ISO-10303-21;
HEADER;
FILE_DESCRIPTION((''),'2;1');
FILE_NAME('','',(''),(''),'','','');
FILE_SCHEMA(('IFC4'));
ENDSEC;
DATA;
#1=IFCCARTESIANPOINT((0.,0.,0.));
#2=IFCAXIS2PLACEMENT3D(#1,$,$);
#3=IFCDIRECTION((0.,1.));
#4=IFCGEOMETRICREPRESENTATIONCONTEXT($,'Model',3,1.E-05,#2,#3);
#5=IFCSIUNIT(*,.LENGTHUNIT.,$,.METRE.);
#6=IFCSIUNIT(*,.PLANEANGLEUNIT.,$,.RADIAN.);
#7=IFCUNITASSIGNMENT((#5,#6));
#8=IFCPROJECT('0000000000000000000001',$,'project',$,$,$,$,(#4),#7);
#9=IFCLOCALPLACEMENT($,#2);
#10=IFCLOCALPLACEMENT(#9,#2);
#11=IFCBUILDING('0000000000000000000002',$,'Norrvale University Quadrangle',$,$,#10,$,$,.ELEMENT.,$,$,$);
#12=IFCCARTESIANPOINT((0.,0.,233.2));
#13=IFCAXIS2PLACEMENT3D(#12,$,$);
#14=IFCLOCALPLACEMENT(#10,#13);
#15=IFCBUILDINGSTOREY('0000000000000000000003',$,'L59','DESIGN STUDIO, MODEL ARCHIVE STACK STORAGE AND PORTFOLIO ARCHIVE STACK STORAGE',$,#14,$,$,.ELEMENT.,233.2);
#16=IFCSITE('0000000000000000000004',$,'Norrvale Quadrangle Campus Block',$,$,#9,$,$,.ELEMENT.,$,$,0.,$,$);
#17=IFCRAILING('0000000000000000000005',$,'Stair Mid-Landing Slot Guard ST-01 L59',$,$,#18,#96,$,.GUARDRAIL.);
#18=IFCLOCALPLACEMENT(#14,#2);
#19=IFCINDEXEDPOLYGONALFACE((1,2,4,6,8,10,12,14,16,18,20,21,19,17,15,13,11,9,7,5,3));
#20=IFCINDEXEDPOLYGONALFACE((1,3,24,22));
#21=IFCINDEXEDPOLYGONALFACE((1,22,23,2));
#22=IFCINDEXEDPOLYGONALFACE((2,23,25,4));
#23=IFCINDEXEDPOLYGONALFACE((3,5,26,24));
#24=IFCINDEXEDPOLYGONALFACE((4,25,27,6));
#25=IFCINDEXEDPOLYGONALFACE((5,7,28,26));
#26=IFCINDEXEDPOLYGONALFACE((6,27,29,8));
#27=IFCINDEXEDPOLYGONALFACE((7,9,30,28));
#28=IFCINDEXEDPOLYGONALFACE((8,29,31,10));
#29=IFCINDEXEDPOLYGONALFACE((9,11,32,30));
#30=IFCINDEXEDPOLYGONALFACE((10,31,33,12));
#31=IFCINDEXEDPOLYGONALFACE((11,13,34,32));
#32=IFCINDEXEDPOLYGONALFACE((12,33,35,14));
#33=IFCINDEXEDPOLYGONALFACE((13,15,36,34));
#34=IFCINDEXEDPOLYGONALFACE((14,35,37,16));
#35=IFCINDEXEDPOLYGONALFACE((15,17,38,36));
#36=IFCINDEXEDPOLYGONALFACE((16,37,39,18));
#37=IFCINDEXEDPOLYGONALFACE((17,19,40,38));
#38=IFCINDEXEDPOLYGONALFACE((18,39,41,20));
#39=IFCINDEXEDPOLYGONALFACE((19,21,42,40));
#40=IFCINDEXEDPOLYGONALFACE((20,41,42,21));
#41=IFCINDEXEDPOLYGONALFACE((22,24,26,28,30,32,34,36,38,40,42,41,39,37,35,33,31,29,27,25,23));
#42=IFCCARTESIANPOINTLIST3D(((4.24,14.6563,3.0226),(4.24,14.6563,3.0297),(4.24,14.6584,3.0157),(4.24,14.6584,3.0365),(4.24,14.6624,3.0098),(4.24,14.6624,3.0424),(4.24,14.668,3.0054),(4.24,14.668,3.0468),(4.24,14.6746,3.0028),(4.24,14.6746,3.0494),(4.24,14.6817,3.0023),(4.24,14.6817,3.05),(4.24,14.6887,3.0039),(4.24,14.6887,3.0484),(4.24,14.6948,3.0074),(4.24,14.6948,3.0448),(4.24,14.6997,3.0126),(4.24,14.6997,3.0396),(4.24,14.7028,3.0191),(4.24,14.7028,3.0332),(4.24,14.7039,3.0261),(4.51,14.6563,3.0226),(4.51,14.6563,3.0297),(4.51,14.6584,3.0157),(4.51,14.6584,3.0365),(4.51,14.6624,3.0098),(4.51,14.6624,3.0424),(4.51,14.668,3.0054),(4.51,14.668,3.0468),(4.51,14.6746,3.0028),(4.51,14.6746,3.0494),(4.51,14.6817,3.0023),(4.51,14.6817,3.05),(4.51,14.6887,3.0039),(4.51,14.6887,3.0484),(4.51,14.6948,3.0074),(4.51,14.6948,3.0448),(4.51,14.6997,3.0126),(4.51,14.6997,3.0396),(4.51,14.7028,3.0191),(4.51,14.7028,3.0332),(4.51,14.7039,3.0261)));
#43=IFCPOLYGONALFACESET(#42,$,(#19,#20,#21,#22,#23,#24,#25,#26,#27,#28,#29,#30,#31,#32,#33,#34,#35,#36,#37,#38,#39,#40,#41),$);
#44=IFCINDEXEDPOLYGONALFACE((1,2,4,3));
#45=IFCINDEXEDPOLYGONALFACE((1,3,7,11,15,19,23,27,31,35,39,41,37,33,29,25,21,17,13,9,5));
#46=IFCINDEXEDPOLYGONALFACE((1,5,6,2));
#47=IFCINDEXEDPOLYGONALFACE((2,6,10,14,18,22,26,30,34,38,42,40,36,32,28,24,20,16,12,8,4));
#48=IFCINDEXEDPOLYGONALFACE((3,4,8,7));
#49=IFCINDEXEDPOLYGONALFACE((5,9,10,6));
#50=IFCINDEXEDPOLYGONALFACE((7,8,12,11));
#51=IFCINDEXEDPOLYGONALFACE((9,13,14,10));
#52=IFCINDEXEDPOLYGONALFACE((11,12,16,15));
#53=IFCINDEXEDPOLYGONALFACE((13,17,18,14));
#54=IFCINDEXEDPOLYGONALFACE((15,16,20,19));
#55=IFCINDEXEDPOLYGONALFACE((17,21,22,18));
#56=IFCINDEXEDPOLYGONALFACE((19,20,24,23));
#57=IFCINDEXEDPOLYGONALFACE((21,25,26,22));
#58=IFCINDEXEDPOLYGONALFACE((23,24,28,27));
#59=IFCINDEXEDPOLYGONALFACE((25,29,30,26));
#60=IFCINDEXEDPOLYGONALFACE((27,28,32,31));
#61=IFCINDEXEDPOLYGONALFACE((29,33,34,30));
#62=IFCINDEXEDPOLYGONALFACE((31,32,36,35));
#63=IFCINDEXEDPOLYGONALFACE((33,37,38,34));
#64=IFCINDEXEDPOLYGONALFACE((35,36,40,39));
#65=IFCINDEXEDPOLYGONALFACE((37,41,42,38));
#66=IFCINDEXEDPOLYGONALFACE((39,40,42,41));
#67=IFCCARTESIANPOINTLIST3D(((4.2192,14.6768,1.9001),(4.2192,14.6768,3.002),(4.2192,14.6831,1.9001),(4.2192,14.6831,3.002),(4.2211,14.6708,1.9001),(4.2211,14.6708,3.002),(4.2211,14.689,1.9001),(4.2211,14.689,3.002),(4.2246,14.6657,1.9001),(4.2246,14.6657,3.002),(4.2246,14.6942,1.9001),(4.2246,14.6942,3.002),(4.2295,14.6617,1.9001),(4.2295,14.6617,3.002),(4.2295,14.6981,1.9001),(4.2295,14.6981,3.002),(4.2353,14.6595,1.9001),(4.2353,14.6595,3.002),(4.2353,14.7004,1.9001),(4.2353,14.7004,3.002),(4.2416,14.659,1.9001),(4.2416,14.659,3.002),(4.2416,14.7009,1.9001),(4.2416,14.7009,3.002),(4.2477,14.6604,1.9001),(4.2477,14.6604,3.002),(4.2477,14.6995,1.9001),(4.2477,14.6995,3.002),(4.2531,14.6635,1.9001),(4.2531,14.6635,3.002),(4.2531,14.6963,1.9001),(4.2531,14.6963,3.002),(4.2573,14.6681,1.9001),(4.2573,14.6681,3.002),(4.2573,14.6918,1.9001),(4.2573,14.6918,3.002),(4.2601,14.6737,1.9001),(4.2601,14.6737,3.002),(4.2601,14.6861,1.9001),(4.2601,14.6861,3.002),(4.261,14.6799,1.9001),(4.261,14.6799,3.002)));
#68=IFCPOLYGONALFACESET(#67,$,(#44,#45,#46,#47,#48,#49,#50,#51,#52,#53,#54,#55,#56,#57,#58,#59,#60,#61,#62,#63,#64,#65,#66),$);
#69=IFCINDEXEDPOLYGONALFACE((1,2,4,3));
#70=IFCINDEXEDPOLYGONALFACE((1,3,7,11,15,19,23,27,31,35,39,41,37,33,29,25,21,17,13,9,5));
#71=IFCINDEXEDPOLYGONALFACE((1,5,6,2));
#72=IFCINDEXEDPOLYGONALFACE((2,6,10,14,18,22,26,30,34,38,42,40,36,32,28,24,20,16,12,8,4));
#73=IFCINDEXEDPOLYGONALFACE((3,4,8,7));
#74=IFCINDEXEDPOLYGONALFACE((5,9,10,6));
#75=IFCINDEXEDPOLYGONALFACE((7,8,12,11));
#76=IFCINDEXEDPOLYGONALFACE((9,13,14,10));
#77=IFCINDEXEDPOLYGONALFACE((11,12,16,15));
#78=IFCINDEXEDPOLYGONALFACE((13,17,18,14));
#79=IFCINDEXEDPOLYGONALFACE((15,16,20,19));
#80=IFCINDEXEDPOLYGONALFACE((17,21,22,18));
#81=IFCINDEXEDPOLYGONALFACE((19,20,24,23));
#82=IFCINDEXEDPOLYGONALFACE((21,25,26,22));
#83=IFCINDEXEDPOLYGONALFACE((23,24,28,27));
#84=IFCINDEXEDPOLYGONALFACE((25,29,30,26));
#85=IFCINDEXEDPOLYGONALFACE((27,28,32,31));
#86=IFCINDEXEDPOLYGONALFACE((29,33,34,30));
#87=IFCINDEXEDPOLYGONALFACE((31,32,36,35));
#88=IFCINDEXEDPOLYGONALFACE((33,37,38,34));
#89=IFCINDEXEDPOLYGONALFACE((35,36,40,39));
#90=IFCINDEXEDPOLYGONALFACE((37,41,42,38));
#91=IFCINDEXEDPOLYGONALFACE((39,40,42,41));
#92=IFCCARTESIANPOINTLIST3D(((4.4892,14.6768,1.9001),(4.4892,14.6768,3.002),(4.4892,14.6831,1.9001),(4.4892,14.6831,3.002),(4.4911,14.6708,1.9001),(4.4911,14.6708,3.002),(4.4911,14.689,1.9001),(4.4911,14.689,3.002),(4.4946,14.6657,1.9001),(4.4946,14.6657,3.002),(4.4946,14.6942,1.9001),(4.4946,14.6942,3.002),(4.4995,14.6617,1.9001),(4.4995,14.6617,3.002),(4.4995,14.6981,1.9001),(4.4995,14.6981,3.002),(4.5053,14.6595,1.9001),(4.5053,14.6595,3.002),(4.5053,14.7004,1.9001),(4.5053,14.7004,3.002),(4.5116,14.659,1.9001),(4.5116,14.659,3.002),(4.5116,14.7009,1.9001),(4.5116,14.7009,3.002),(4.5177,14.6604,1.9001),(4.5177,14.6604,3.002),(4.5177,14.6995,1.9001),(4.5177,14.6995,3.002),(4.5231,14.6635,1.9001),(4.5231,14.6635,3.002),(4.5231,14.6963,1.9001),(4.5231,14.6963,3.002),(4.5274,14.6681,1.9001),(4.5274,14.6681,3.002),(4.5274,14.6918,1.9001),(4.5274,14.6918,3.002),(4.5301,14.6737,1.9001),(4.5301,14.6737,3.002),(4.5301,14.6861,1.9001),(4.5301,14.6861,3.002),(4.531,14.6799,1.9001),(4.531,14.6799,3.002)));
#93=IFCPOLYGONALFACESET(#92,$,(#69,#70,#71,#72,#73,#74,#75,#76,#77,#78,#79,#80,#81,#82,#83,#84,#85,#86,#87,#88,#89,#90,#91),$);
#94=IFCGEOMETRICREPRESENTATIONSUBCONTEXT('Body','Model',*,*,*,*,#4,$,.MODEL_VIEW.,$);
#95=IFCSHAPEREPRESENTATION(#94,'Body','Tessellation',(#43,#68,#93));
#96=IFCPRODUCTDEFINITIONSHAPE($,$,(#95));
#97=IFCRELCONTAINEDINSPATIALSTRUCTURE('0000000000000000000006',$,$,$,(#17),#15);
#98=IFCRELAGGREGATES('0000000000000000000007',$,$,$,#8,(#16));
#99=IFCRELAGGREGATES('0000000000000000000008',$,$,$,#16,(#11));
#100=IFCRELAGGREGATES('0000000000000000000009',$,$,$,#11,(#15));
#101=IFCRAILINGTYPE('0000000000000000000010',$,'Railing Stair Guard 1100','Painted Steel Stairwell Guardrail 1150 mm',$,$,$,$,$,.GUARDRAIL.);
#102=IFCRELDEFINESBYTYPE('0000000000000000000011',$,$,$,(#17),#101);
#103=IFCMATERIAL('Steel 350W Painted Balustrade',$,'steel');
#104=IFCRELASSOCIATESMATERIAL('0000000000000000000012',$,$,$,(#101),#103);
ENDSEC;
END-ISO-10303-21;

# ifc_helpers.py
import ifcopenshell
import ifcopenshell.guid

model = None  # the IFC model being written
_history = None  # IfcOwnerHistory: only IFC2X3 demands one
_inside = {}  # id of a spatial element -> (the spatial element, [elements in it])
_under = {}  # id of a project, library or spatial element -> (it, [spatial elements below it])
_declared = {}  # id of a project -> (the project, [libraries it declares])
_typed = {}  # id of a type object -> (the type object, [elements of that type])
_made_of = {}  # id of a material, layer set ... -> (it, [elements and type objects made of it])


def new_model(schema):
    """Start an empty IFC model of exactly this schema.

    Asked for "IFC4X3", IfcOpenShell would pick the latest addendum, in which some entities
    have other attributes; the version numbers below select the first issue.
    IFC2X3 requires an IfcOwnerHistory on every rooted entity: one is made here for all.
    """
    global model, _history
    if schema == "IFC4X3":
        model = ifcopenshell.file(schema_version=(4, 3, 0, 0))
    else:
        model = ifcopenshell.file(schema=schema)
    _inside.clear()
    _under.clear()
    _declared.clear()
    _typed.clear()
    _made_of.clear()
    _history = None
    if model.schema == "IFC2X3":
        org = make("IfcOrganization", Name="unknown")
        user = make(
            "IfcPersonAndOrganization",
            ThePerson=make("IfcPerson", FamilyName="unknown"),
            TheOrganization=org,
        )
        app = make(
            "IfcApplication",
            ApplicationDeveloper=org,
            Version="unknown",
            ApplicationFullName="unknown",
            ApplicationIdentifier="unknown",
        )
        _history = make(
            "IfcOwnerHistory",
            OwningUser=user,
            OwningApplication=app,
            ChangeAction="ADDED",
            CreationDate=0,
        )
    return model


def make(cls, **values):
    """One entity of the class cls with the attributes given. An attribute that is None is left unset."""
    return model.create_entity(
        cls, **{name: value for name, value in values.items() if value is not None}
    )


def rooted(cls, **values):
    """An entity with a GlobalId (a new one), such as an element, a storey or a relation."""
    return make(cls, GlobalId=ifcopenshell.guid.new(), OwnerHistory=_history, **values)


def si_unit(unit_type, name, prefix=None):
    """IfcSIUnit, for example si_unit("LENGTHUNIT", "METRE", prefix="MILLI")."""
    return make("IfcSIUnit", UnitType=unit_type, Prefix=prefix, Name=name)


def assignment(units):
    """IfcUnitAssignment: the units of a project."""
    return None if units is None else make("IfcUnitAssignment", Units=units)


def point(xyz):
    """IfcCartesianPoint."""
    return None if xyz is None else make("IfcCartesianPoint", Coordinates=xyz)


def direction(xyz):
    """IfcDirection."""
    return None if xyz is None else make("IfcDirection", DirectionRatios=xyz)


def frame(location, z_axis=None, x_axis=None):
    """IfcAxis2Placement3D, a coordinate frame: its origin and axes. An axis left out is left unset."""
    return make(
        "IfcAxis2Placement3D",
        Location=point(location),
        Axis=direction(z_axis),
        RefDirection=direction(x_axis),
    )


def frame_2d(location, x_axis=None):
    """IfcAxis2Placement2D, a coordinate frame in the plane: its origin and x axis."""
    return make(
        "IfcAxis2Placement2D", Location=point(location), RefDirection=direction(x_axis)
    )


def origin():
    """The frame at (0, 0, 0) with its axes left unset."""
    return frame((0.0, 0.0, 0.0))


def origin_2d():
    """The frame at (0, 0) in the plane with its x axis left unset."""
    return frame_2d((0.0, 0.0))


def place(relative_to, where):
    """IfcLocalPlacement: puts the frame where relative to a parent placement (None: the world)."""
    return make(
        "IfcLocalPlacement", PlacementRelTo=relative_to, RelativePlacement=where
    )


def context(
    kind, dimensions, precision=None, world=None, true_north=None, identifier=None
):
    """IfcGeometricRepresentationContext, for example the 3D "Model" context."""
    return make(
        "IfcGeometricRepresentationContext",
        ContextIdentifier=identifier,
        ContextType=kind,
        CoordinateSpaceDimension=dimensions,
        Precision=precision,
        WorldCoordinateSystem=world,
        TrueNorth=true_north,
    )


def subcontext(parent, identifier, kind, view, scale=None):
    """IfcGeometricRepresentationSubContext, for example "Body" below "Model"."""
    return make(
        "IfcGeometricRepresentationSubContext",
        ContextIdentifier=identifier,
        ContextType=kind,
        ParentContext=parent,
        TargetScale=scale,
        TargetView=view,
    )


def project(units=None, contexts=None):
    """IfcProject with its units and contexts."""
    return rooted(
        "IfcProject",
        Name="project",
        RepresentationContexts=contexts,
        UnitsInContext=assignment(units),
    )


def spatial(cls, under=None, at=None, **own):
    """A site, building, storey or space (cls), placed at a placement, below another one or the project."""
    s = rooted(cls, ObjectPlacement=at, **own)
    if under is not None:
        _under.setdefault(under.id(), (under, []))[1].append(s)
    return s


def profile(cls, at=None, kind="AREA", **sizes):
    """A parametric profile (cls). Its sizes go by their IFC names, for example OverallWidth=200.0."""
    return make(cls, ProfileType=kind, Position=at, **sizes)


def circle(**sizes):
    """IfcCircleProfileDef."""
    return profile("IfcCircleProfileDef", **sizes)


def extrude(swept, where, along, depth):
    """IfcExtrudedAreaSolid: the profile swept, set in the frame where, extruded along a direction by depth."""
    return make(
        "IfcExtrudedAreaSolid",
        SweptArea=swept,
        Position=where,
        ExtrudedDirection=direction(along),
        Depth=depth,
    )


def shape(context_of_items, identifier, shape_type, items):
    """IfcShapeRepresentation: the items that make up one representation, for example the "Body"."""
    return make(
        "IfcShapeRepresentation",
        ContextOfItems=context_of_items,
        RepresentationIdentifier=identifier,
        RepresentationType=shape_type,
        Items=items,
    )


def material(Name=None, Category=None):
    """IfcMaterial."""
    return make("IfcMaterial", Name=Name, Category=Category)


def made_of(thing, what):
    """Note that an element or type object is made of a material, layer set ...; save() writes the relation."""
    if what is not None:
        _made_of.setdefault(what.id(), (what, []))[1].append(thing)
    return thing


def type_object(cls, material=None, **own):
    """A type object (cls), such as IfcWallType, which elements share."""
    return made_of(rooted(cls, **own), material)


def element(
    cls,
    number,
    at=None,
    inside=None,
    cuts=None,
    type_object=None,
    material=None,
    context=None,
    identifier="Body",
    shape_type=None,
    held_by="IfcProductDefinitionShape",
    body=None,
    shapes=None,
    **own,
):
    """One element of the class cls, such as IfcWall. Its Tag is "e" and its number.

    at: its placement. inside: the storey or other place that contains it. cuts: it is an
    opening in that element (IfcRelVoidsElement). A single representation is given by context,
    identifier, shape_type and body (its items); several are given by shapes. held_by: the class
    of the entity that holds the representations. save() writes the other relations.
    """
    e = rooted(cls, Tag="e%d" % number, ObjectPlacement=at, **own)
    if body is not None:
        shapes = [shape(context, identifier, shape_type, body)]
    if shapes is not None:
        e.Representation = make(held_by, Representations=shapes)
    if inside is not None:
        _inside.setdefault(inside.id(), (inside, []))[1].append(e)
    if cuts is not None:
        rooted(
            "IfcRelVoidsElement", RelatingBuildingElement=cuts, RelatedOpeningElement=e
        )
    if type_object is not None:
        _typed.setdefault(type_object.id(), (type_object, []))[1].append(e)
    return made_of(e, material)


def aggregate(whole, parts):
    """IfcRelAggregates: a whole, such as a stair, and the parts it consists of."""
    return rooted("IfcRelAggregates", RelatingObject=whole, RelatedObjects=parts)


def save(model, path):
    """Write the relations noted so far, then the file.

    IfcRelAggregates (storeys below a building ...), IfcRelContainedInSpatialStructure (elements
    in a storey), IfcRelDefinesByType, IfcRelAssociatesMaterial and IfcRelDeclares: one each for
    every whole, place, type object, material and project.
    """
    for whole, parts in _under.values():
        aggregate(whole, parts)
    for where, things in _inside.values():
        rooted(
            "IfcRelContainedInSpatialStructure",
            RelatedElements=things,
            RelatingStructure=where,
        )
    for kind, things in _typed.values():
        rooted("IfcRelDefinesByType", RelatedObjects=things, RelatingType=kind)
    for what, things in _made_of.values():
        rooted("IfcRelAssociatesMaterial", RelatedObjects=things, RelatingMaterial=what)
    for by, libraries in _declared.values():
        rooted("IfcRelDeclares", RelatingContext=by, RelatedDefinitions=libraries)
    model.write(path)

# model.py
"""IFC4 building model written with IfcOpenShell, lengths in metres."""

from ifc_helpers import new_model, si_unit, direction, frame, origin, origin_2d, place, context, subcontext, project, spatial, circle, extrude, material, type_object, element, save


model = new_model("IFC4")

# Units and contexts
model_context = context("Model", 3, precision=1e-05, world=origin(), true_north=direction((0.0, 1.0)))
body_context = subcontext(model_context, "Body", "Model", "MODEL_VIEW")
ifc_project = project(units=[si_unit("LENGTHUNIT", "METRE"), si_unit("PLANEANGLEUNIT", "RADIAN")], contexts=[model_context])

# Site, building, storey
site_placement = place(None, origin())
site = spatial("IfcSite", under=ifc_project, at=site_placement, Name="Norrvale Quadrangle Campus Block", CompositionType="ELEMENT", RefElevation=0.0)
building_placement = place(site_placement, origin())
building = spatial("IfcBuilding", under=site, at=building_placement, Name="Norrvale University Quadrangle", CompositionType="ELEMENT")
storey_placement = place(building_placement, frame((0.0, 0.0, 233.2)))
storey = spatial("IfcBuildingStorey", under=building, at=storey_placement, Name="L59", Description="DESIGN STUDIO, MODEL ARCHIVE STACK STORAGE AND PORTFOLIO ARCHIVE STACK STORAGE", CompositionType="ELEMENT", Elevation=233.2)

# Railing
ifc_material_1 = material(Name="Steel 350W Painted Balustrade", Category="steel")
railing_type_1 = type_object("IfcRailingType", Name="Railing Stair Guard 1100", Description="Painted Steel Stairwell Guardrail 1150 mm", PredefinedType="GUARDRAIL", material=ifc_material_1)
for number, where, name in (
    (1, (4.24, 14.6799, 1.9001), "Stair Mid-Landing Slot Guard ST-01 L59"),
):
    element("IfcRailing", number, at=place(storey_placement, frame(where)), inside=storey, type_object=railing_type_1, Name=name, PredefinedType="GUARDRAIL", context=body_context, shape_type="SweptSolid", body=[
        extrude(circle(Radius=0.0239, at=origin_2d()), frame((0.0, 0.0, 1.126), z_axis=(1.0, 0.0, 0.0), x_axis=(0.0, 1.0, 0.0)), (0.0, 0.0, 1.0), 0.27),
        extrude(circle(Radius=0.021, at=origin_2d()), origin(), (0.0, 0.0, 1.0), 1.1018),
        extrude(circle(Radius=0.021, at=origin_2d()), frame((0.27, 0.0, 0.0)), (0.0, 0.0, 1.0), 1.1018),
    ])

save(model, "model.ifc")
